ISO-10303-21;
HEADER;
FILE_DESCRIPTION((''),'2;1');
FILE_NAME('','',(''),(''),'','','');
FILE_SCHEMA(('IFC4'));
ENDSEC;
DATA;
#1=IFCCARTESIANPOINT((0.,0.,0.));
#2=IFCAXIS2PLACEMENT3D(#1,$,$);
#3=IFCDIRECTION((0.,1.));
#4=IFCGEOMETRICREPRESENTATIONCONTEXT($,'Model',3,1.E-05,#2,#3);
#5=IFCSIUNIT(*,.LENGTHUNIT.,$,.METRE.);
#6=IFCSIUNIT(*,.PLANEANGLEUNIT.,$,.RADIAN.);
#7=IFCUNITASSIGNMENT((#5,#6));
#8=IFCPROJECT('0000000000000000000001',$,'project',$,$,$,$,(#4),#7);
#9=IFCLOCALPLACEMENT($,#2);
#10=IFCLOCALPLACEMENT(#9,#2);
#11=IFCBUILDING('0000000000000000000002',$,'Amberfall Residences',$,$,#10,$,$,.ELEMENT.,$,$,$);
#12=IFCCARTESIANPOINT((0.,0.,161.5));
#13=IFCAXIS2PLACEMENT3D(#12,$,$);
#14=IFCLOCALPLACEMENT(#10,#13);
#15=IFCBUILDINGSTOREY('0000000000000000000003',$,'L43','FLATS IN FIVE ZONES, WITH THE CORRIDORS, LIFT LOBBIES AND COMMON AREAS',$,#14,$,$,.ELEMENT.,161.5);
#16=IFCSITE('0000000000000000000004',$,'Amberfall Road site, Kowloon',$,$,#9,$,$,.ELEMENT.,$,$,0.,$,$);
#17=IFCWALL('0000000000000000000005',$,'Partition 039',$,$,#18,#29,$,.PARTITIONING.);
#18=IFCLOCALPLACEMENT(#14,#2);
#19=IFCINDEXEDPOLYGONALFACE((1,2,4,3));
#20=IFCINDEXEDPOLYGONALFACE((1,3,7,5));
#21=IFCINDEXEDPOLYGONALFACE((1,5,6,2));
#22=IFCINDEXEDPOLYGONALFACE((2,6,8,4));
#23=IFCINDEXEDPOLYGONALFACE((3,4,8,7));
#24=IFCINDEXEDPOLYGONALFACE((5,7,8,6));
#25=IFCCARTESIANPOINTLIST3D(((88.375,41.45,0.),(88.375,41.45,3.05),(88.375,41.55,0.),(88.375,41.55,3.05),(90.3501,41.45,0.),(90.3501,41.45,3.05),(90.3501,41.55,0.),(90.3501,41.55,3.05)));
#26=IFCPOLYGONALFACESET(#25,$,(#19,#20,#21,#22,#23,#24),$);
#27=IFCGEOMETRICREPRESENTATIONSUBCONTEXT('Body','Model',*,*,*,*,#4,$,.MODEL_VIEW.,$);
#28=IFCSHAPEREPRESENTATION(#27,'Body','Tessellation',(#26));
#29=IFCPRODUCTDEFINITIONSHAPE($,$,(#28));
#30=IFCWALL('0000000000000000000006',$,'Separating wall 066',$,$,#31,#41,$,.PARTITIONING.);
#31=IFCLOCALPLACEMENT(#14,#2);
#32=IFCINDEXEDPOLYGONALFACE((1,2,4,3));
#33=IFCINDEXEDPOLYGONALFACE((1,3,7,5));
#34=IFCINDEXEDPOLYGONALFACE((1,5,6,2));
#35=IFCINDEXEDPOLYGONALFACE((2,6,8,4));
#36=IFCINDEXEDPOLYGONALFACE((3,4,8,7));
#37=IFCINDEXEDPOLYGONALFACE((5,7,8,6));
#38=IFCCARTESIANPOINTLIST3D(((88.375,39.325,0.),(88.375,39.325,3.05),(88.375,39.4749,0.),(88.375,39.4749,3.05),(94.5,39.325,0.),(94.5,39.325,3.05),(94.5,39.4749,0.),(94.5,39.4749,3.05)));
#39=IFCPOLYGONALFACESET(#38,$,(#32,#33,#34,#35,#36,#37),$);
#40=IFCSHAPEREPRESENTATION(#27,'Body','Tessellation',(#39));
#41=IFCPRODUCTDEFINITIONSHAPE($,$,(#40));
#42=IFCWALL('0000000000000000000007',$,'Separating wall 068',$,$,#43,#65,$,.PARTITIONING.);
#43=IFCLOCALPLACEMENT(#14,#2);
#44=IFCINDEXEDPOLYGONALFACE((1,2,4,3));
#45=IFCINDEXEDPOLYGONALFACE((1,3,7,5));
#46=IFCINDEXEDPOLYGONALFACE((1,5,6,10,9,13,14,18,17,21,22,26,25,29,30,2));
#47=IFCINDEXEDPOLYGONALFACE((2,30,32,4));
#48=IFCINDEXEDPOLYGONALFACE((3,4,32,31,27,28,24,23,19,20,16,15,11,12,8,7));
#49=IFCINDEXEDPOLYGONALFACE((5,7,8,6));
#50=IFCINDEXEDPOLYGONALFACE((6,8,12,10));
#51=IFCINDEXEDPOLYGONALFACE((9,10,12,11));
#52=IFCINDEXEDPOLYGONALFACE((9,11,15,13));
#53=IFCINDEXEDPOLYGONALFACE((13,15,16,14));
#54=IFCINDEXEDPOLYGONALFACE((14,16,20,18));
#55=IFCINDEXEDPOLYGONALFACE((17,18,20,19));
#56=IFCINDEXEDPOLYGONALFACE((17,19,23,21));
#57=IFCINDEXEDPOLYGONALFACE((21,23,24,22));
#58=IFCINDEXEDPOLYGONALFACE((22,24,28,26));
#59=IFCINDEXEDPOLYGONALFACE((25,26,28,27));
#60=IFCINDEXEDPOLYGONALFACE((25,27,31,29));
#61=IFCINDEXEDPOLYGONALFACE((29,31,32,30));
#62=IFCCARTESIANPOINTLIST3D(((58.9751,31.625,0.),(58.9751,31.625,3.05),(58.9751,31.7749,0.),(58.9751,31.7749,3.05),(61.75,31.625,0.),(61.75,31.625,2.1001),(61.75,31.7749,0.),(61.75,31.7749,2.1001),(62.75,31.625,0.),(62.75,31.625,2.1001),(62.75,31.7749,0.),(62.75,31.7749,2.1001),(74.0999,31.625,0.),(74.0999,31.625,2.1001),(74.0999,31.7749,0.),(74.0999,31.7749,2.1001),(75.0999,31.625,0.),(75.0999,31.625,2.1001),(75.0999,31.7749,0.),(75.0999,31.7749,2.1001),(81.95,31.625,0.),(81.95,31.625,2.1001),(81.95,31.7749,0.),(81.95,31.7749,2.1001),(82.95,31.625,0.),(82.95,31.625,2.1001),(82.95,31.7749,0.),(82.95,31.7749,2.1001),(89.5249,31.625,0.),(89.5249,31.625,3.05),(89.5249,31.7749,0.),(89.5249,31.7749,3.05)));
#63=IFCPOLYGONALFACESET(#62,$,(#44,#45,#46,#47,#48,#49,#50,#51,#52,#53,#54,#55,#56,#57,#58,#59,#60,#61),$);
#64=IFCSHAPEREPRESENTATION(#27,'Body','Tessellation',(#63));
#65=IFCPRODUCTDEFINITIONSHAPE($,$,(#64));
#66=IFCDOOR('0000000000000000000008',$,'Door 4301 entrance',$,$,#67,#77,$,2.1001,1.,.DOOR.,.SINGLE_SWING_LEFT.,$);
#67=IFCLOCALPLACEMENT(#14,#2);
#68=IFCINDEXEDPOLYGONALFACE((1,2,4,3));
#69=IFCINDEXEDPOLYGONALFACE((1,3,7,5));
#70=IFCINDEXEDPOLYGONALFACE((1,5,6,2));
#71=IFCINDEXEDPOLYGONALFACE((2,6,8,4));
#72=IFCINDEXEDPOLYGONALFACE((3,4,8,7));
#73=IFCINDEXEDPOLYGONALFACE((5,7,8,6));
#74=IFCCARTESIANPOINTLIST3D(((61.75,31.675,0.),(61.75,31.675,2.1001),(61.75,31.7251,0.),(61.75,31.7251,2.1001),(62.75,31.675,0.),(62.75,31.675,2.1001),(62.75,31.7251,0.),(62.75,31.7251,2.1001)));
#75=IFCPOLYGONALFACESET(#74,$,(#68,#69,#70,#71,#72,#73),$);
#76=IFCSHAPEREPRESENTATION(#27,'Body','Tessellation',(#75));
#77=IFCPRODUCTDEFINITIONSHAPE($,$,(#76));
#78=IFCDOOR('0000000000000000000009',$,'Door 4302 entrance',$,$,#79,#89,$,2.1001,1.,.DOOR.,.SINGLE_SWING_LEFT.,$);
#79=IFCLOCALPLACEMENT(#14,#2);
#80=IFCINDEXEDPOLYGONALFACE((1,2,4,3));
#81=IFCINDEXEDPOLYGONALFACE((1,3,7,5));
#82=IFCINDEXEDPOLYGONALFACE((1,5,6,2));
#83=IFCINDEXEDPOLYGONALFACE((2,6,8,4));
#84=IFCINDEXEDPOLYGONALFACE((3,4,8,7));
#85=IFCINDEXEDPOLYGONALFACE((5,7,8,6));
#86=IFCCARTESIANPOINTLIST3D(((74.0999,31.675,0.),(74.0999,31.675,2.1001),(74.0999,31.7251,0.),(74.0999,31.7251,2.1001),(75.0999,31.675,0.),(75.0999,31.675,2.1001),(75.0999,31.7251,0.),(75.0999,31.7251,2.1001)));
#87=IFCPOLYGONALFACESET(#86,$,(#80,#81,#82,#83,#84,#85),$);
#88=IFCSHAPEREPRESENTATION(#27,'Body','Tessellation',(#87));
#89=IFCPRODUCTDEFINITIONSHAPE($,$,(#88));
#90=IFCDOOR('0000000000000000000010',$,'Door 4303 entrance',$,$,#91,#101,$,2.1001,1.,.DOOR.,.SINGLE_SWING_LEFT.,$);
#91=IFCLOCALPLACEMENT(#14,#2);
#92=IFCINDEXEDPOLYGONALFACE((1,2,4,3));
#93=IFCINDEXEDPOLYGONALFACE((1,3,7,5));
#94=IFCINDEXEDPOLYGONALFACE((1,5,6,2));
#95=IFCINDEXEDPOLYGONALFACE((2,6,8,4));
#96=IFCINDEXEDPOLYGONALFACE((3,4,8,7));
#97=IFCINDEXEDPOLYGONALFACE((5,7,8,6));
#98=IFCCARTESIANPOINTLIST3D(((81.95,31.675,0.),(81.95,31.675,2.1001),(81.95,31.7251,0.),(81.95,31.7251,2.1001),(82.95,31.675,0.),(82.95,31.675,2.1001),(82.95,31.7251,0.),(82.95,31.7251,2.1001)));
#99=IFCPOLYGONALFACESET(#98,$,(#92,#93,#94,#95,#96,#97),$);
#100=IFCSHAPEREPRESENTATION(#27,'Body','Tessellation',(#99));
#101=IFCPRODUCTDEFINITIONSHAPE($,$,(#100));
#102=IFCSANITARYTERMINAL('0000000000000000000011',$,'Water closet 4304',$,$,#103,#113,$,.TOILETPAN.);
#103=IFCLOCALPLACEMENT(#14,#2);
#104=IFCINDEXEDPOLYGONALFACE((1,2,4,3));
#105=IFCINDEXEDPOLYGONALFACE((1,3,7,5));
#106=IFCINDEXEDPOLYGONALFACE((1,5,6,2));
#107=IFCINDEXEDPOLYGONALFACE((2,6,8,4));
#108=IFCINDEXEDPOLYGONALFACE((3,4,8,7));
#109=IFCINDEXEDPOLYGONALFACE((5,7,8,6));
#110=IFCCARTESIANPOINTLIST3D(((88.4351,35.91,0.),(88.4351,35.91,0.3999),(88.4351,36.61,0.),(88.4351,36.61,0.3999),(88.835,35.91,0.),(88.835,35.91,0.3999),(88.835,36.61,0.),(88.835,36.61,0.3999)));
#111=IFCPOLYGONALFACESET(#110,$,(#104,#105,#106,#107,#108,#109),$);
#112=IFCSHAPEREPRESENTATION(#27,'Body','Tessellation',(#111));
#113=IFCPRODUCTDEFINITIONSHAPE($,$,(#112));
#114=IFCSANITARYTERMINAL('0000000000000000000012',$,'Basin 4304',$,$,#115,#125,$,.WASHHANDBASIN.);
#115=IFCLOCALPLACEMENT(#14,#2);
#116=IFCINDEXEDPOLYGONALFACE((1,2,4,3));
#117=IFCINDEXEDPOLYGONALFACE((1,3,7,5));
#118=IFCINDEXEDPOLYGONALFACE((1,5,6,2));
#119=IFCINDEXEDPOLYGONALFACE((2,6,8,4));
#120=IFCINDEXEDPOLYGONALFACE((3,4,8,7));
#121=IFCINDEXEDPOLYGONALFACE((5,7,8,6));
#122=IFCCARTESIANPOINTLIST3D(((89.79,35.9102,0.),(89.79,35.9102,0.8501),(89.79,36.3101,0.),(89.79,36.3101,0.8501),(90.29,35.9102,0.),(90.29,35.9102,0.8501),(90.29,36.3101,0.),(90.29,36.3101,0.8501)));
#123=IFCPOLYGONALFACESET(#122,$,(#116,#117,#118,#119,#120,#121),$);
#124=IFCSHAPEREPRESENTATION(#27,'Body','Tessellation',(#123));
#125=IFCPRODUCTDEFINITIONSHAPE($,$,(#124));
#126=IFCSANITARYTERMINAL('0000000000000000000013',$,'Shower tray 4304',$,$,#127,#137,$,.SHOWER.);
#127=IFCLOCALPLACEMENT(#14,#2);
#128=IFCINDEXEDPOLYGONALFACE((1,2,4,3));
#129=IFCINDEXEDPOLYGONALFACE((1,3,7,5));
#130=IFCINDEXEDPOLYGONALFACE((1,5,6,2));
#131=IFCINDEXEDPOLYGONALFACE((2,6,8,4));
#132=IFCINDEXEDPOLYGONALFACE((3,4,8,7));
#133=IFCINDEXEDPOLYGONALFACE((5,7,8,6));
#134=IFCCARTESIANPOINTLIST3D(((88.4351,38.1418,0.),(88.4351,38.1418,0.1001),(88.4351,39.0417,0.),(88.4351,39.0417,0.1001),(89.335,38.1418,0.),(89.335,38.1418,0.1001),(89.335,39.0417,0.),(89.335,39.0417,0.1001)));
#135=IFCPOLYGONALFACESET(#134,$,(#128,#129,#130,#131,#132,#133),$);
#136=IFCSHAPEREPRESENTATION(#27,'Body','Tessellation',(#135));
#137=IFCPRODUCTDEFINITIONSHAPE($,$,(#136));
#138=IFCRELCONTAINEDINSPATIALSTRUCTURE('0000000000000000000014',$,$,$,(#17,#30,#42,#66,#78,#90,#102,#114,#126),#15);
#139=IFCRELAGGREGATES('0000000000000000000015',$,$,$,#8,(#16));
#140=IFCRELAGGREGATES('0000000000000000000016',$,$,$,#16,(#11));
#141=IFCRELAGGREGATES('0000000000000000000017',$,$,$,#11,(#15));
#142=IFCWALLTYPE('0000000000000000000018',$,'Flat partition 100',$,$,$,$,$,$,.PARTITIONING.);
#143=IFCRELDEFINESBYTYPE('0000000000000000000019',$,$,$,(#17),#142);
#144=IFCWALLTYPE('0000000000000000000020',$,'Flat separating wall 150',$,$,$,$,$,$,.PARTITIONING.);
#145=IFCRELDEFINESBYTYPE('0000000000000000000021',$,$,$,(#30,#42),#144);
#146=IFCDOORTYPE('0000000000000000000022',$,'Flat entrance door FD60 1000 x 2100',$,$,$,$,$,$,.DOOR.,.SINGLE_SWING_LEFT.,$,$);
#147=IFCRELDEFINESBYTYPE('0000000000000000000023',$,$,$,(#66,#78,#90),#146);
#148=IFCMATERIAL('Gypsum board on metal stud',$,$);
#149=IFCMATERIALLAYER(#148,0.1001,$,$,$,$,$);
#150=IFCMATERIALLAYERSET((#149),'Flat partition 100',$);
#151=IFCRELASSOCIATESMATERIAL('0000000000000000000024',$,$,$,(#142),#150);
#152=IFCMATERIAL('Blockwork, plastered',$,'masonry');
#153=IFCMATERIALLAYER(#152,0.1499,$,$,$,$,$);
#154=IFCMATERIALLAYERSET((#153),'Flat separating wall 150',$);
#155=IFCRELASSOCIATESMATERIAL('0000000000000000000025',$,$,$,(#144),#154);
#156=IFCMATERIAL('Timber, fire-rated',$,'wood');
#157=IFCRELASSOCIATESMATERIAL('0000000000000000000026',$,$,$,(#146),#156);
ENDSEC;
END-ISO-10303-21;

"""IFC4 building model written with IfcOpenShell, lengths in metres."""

from ifc_helpers import new_model, si_unit, direction, frame, frame_2d, origin, origin_2d, place, context, subcontext, project, spatial, rectangle, extrude, material, layer, layer_set, type_object, element, fill, save


model = new_model("IFC4")

# Units and contexts
model_context = context("Model", 3, precision=1e-05, world=origin(), true_north=direction((0.0, 1.0)))
body_context = subcontext(model_context, "Body", "Model", "MODEL_VIEW")
ifc_project = project(units=[si_unit("LENGTHUNIT", "METRE"), si_unit("PLANEANGLEUNIT", "RADIAN")], contexts=[model_context])

# Site, building, storey
site_placement = place(None, origin())
site = spatial("IfcSite", under=ifc_project, at=site_placement, Name="Amberfall Road site, Kowloon", CompositionType="ELEMENT", RefElevation=0.0)
building_placement = place(site_placement, origin())
building = spatial("IfcBuilding", under=site, at=building_placement, Name="Amberfall Residences", CompositionType="ELEMENT")
storey_placement = place(building_placement, frame((0.0, 0.0, 161.5)))
storey = spatial("IfcBuildingStorey", under=building, at=storey_placement, Name="L43", Description="FLATS IN FIVE ZONES, WITH THE CORRIDORS, LIFT LOBBIES AND COMMON AREAS", CompositionType="ELEMENT", Elevation=161.5)

# Shared definitions
ifc_material_1 = material(Name="Gypsum board on metal stud")
ifc_layer_1 = layer(ifc_material_1, 0.1001)
ifc_layer_set_1 = layer_set([ifc_layer_1], Name="Flat partition 100")
wall_type_1 = type_object("IfcWallType", Name="Flat partition 100", PredefinedType="PARTITIONING", material=ifc_layer_set_1)

# Walls
wall_1_placement = place(storey_placement, frame((88.375, 41.5, 0.0), z_axis=(0.0, 0.0, 1.0), x_axis=(1.0, 0.0, 0.0)))
element("IfcWall", 1, at=wall_1_placement, inside=storey, type_object=wall_type_1, Name="Partition 039", PredefinedType="PARTITIONING", context=body_context, shape_type="SweptSolid", body=[
    extrude(rectangle(XDim=1.9751, YDim=0.1001, at=frame_2d((0.9875, 0.0))), origin(), (0.0, 0.0, 1.0), 3.05),
])
ifc_material_2 = material(Name="Blockwork, plastered", Category="masonry")
ifc_layer_2 = layer(ifc_material_2, 0.1499)
ifc_layer_set_2 = layer_set([ifc_layer_2], Name="Flat separating wall 150")
wall_type_2 = type_object("IfcWallType", Name="Flat separating wall 150", PredefinedType="PARTITIONING", material=ifc_layer_set_2)
wall_2_placement = place(storey_placement, frame((88.375, 39.3999, 0.0), z_axis=(0.0, 0.0, 1.0), x_axis=(1.0, 0.0, 0.0)))
element("IfcWall", 2, at=wall_2_placement, inside=storey, type_object=wall_type_2, Name="Separating wall 066", PredefinedType="PARTITIONING", context=body_context, shape_type="SweptSolid", body=[
    extrude(rectangle(XDim=6.125, YDim=0.1499, at=frame_2d((3.0625, 0.0))), origin(), (0.0, 0.0, 1.0), 3.05),
])

# Wall, openings, doors
wall_3_placement = place(storey_placement, frame((89.5249, 31.7, 0.0), z_axis=(0.0, 0.0, 1.0), x_axis=(-1.0, 0.0, 0.0)))
wall_3 = element("IfcWall", 3, at=wall_3_placement, inside=storey, type_object=wall_type_2, Name="Separating wall 068", PredefinedType="PARTITIONING", context=body_context, shape_type="SweptSolid", body=[
    extrude(rectangle(XDim=30.5498, YDim=0.1499, at=frame_2d((15.2749, 0.0))), origin(), (0.0, 0.0, 1.0), 3.05),
])
opening_1_placement = place(wall_3_placement, frame((26.7749, 0.0, 0.0)))
opening_1 = element("IfcOpeningElement", 4, at=opening_1_placement, cuts=wall_3, PredefinedType="OPENING", context=body_context, shape_type="SweptSolid", body=[
    extrude(rectangle(XDim=1.0, YDim=2.1001, at=frame_2d((0.5, 1.05))), frame((0.0, 0.085, 0.0), z_axis=(0.0, -1.0, 0.0), x_axis=(1.0, 0.0, 0.0)), (0.0, 0.0, 1.0), 0.1699),
])
opening_2_placement = place(wall_3_placement, frame((14.425, 0.0, 0.0)))
opening_2 = element("IfcOpeningElement", 5, at=opening_2_placement, cuts=wall_3, PredefinedType="OPENING", context=body_context, shape_type="SweptSolid", body=[
    extrude(rectangle(XDim=1.0, YDim=2.1001, at=frame_2d((0.5, 1.05))), frame((0.0, 0.085, 0.0), z_axis=(0.0, -1.0, 0.0), x_axis=(1.0, 0.0, 0.0)), (0.0, 0.0, 1.0), 0.1699),
])
opening_3_placement = place(wall_3_placement, frame((6.575, 0.0, 0.0)))
opening_3 = element("IfcOpeningElement", 6, at=opening_3_placement, cuts=wall_3, PredefinedType="OPENING", context=body_context, shape_type="SweptSolid", body=[
    extrude(rectangle(XDim=1.0, YDim=2.1001, at=frame_2d((0.5, 1.05))), frame((0.0, 0.085, 0.0), z_axis=(0.0, -1.0, 0.0), x_axis=(1.0, 0.0, 0.0)), (0.0, 0.0, 1.0), 0.1699),
])
ifc_material_3 = material(Name="Timber, fire-rated", Category="wood")
door_type_1 = type_object("IfcDoorType", Name="Flat entrance door FD60 1000 x 2100", OperationType="SINGLE_SWING_LEFT", PredefinedType="DOOR", material=ifc_material_3)
door_1_placement = place(opening_1_placement, origin())
door_1 = element("IfcDoor", 7, at=door_1_placement, inside=storey, type_object=door_type_1, Name="Door 4301 entrance", OperationType="SINGLE_SWING_LEFT", OverallHeight=2.1001, OverallWidth=1.0, PredefinedType="DOOR", context=body_context, shape_type="SweptSolid", body=[
    extrude(rectangle(XDim=1.0, YDim=2.1001, at=frame_2d((0.5, 1.05))), frame((0.0, 0.0249, 0.0), z_axis=(0.0, -1.0, 0.0), x_axis=(1.0, 0.0, 0.0)), (0.0, 0.0, 1.0), 0.05),
])
fill(opening_1, door_1)
door_2_placement = place(opening_2_placement, origin())
door_2 = element("IfcDoor", 8, at=door_2_placement, inside=storey, type_object=door_type_1, Name="Door 4302 entrance", OperationType="SINGLE_SWING_LEFT", OverallHeight=2.1001, OverallWidth=1.0, PredefinedType="DOOR", context=body_context, shape_type="SweptSolid", body=[
    extrude(rectangle(XDim=1.0, YDim=2.1001, at=frame_2d((0.5, 1.05))), frame((0.0, 0.0249, 0.0), z_axis=(0.0, -1.0, 0.0), x_axis=(1.0, 0.0, 0.0)), (0.0, 0.0, 1.0), 0.05),
])
fill(opening_2, door_2)
door_3_placement = place(opening_3_placement, origin())
door_3 = element("IfcDoor", 9, at=door_3_placement, inside=storey, type_object=door_type_1, Name="Door 4303 entrance", OperationType="SINGLE_SWING_LEFT", OverallHeight=2.1001, OverallWidth=1.0, PredefinedType="DOOR", context=body_context, shape_type="SweptSolid", body=[
    extrude(rectangle(XDim=1.0, YDim=2.1001, at=frame_2d((0.5, 1.05))), frame((0.0, 0.0249, 0.0), z_axis=(0.0, -1.0, 0.0), x_axis=(1.0, 0.0, 0.0)), (0.0, 0.0, 1.0), 0.05),
])
fill(opening_3, door_3)

# Sanitary terminals
sanitary_terminal_1_placement = place(storey_placement, frame((88.635, 36.26, 0.0), z_axis=(0.0, 0.0, 1.0), x_axis=(1.0, 0.0, 0.0)))
element("IfcSanitaryTerminal", 10, at=sanitary_terminal_1_placement, inside=storey, Name="Water closet 4304", PredefinedType="TOILETPAN", context=body_context, shape_type="SweptSolid", body=[
    extrude(rectangle(XDim=0.3999, YDim=0.7, at=origin_2d()), origin(), (0.0, 0.0, 1.0), 0.3999),
])
sanitary_terminal_2_placement = place(storey_placement, frame((90.04, 36.1101, 0.0), z_axis=(0.0, 0.0, 1.0), x_axis=(1.0, 0.0, 0.0)))
element("IfcSanitaryTerminal", 11, at=sanitary_terminal_2_placement, inside=storey, Name="Basin 4304", PredefinedType="WASHHANDBASIN", context=body_context, shape_type="SweptSolid", body=[
    extrude(rectangle(XDim=0.5, YDim=0.3999, at=origin_2d()), origin(), (0.0, 0.0, 1.0), 0.8501),
])
sanitary_terminal_3_placement = place(storey_placement, frame((88.885, 38.5918, 0.0), z_axis=(0.0, 0.0, 1.0), x_axis=(1.0, 0.0, 0.0)))
element("IfcSanitaryTerminal", 12, at=sanitary_terminal_3_placement, inside=storey, Name="Shower tray 4304", PredefinedType="SHOWER", context=body_context, shape_type="SweptSolid", body=[
    extrude(rectangle(XDim=0.8999, YDim=0.8999, at=origin_2d()), origin(), (0.0, 0.0, 1.0), 0.1001),
])

save(model, "model.ifc")
